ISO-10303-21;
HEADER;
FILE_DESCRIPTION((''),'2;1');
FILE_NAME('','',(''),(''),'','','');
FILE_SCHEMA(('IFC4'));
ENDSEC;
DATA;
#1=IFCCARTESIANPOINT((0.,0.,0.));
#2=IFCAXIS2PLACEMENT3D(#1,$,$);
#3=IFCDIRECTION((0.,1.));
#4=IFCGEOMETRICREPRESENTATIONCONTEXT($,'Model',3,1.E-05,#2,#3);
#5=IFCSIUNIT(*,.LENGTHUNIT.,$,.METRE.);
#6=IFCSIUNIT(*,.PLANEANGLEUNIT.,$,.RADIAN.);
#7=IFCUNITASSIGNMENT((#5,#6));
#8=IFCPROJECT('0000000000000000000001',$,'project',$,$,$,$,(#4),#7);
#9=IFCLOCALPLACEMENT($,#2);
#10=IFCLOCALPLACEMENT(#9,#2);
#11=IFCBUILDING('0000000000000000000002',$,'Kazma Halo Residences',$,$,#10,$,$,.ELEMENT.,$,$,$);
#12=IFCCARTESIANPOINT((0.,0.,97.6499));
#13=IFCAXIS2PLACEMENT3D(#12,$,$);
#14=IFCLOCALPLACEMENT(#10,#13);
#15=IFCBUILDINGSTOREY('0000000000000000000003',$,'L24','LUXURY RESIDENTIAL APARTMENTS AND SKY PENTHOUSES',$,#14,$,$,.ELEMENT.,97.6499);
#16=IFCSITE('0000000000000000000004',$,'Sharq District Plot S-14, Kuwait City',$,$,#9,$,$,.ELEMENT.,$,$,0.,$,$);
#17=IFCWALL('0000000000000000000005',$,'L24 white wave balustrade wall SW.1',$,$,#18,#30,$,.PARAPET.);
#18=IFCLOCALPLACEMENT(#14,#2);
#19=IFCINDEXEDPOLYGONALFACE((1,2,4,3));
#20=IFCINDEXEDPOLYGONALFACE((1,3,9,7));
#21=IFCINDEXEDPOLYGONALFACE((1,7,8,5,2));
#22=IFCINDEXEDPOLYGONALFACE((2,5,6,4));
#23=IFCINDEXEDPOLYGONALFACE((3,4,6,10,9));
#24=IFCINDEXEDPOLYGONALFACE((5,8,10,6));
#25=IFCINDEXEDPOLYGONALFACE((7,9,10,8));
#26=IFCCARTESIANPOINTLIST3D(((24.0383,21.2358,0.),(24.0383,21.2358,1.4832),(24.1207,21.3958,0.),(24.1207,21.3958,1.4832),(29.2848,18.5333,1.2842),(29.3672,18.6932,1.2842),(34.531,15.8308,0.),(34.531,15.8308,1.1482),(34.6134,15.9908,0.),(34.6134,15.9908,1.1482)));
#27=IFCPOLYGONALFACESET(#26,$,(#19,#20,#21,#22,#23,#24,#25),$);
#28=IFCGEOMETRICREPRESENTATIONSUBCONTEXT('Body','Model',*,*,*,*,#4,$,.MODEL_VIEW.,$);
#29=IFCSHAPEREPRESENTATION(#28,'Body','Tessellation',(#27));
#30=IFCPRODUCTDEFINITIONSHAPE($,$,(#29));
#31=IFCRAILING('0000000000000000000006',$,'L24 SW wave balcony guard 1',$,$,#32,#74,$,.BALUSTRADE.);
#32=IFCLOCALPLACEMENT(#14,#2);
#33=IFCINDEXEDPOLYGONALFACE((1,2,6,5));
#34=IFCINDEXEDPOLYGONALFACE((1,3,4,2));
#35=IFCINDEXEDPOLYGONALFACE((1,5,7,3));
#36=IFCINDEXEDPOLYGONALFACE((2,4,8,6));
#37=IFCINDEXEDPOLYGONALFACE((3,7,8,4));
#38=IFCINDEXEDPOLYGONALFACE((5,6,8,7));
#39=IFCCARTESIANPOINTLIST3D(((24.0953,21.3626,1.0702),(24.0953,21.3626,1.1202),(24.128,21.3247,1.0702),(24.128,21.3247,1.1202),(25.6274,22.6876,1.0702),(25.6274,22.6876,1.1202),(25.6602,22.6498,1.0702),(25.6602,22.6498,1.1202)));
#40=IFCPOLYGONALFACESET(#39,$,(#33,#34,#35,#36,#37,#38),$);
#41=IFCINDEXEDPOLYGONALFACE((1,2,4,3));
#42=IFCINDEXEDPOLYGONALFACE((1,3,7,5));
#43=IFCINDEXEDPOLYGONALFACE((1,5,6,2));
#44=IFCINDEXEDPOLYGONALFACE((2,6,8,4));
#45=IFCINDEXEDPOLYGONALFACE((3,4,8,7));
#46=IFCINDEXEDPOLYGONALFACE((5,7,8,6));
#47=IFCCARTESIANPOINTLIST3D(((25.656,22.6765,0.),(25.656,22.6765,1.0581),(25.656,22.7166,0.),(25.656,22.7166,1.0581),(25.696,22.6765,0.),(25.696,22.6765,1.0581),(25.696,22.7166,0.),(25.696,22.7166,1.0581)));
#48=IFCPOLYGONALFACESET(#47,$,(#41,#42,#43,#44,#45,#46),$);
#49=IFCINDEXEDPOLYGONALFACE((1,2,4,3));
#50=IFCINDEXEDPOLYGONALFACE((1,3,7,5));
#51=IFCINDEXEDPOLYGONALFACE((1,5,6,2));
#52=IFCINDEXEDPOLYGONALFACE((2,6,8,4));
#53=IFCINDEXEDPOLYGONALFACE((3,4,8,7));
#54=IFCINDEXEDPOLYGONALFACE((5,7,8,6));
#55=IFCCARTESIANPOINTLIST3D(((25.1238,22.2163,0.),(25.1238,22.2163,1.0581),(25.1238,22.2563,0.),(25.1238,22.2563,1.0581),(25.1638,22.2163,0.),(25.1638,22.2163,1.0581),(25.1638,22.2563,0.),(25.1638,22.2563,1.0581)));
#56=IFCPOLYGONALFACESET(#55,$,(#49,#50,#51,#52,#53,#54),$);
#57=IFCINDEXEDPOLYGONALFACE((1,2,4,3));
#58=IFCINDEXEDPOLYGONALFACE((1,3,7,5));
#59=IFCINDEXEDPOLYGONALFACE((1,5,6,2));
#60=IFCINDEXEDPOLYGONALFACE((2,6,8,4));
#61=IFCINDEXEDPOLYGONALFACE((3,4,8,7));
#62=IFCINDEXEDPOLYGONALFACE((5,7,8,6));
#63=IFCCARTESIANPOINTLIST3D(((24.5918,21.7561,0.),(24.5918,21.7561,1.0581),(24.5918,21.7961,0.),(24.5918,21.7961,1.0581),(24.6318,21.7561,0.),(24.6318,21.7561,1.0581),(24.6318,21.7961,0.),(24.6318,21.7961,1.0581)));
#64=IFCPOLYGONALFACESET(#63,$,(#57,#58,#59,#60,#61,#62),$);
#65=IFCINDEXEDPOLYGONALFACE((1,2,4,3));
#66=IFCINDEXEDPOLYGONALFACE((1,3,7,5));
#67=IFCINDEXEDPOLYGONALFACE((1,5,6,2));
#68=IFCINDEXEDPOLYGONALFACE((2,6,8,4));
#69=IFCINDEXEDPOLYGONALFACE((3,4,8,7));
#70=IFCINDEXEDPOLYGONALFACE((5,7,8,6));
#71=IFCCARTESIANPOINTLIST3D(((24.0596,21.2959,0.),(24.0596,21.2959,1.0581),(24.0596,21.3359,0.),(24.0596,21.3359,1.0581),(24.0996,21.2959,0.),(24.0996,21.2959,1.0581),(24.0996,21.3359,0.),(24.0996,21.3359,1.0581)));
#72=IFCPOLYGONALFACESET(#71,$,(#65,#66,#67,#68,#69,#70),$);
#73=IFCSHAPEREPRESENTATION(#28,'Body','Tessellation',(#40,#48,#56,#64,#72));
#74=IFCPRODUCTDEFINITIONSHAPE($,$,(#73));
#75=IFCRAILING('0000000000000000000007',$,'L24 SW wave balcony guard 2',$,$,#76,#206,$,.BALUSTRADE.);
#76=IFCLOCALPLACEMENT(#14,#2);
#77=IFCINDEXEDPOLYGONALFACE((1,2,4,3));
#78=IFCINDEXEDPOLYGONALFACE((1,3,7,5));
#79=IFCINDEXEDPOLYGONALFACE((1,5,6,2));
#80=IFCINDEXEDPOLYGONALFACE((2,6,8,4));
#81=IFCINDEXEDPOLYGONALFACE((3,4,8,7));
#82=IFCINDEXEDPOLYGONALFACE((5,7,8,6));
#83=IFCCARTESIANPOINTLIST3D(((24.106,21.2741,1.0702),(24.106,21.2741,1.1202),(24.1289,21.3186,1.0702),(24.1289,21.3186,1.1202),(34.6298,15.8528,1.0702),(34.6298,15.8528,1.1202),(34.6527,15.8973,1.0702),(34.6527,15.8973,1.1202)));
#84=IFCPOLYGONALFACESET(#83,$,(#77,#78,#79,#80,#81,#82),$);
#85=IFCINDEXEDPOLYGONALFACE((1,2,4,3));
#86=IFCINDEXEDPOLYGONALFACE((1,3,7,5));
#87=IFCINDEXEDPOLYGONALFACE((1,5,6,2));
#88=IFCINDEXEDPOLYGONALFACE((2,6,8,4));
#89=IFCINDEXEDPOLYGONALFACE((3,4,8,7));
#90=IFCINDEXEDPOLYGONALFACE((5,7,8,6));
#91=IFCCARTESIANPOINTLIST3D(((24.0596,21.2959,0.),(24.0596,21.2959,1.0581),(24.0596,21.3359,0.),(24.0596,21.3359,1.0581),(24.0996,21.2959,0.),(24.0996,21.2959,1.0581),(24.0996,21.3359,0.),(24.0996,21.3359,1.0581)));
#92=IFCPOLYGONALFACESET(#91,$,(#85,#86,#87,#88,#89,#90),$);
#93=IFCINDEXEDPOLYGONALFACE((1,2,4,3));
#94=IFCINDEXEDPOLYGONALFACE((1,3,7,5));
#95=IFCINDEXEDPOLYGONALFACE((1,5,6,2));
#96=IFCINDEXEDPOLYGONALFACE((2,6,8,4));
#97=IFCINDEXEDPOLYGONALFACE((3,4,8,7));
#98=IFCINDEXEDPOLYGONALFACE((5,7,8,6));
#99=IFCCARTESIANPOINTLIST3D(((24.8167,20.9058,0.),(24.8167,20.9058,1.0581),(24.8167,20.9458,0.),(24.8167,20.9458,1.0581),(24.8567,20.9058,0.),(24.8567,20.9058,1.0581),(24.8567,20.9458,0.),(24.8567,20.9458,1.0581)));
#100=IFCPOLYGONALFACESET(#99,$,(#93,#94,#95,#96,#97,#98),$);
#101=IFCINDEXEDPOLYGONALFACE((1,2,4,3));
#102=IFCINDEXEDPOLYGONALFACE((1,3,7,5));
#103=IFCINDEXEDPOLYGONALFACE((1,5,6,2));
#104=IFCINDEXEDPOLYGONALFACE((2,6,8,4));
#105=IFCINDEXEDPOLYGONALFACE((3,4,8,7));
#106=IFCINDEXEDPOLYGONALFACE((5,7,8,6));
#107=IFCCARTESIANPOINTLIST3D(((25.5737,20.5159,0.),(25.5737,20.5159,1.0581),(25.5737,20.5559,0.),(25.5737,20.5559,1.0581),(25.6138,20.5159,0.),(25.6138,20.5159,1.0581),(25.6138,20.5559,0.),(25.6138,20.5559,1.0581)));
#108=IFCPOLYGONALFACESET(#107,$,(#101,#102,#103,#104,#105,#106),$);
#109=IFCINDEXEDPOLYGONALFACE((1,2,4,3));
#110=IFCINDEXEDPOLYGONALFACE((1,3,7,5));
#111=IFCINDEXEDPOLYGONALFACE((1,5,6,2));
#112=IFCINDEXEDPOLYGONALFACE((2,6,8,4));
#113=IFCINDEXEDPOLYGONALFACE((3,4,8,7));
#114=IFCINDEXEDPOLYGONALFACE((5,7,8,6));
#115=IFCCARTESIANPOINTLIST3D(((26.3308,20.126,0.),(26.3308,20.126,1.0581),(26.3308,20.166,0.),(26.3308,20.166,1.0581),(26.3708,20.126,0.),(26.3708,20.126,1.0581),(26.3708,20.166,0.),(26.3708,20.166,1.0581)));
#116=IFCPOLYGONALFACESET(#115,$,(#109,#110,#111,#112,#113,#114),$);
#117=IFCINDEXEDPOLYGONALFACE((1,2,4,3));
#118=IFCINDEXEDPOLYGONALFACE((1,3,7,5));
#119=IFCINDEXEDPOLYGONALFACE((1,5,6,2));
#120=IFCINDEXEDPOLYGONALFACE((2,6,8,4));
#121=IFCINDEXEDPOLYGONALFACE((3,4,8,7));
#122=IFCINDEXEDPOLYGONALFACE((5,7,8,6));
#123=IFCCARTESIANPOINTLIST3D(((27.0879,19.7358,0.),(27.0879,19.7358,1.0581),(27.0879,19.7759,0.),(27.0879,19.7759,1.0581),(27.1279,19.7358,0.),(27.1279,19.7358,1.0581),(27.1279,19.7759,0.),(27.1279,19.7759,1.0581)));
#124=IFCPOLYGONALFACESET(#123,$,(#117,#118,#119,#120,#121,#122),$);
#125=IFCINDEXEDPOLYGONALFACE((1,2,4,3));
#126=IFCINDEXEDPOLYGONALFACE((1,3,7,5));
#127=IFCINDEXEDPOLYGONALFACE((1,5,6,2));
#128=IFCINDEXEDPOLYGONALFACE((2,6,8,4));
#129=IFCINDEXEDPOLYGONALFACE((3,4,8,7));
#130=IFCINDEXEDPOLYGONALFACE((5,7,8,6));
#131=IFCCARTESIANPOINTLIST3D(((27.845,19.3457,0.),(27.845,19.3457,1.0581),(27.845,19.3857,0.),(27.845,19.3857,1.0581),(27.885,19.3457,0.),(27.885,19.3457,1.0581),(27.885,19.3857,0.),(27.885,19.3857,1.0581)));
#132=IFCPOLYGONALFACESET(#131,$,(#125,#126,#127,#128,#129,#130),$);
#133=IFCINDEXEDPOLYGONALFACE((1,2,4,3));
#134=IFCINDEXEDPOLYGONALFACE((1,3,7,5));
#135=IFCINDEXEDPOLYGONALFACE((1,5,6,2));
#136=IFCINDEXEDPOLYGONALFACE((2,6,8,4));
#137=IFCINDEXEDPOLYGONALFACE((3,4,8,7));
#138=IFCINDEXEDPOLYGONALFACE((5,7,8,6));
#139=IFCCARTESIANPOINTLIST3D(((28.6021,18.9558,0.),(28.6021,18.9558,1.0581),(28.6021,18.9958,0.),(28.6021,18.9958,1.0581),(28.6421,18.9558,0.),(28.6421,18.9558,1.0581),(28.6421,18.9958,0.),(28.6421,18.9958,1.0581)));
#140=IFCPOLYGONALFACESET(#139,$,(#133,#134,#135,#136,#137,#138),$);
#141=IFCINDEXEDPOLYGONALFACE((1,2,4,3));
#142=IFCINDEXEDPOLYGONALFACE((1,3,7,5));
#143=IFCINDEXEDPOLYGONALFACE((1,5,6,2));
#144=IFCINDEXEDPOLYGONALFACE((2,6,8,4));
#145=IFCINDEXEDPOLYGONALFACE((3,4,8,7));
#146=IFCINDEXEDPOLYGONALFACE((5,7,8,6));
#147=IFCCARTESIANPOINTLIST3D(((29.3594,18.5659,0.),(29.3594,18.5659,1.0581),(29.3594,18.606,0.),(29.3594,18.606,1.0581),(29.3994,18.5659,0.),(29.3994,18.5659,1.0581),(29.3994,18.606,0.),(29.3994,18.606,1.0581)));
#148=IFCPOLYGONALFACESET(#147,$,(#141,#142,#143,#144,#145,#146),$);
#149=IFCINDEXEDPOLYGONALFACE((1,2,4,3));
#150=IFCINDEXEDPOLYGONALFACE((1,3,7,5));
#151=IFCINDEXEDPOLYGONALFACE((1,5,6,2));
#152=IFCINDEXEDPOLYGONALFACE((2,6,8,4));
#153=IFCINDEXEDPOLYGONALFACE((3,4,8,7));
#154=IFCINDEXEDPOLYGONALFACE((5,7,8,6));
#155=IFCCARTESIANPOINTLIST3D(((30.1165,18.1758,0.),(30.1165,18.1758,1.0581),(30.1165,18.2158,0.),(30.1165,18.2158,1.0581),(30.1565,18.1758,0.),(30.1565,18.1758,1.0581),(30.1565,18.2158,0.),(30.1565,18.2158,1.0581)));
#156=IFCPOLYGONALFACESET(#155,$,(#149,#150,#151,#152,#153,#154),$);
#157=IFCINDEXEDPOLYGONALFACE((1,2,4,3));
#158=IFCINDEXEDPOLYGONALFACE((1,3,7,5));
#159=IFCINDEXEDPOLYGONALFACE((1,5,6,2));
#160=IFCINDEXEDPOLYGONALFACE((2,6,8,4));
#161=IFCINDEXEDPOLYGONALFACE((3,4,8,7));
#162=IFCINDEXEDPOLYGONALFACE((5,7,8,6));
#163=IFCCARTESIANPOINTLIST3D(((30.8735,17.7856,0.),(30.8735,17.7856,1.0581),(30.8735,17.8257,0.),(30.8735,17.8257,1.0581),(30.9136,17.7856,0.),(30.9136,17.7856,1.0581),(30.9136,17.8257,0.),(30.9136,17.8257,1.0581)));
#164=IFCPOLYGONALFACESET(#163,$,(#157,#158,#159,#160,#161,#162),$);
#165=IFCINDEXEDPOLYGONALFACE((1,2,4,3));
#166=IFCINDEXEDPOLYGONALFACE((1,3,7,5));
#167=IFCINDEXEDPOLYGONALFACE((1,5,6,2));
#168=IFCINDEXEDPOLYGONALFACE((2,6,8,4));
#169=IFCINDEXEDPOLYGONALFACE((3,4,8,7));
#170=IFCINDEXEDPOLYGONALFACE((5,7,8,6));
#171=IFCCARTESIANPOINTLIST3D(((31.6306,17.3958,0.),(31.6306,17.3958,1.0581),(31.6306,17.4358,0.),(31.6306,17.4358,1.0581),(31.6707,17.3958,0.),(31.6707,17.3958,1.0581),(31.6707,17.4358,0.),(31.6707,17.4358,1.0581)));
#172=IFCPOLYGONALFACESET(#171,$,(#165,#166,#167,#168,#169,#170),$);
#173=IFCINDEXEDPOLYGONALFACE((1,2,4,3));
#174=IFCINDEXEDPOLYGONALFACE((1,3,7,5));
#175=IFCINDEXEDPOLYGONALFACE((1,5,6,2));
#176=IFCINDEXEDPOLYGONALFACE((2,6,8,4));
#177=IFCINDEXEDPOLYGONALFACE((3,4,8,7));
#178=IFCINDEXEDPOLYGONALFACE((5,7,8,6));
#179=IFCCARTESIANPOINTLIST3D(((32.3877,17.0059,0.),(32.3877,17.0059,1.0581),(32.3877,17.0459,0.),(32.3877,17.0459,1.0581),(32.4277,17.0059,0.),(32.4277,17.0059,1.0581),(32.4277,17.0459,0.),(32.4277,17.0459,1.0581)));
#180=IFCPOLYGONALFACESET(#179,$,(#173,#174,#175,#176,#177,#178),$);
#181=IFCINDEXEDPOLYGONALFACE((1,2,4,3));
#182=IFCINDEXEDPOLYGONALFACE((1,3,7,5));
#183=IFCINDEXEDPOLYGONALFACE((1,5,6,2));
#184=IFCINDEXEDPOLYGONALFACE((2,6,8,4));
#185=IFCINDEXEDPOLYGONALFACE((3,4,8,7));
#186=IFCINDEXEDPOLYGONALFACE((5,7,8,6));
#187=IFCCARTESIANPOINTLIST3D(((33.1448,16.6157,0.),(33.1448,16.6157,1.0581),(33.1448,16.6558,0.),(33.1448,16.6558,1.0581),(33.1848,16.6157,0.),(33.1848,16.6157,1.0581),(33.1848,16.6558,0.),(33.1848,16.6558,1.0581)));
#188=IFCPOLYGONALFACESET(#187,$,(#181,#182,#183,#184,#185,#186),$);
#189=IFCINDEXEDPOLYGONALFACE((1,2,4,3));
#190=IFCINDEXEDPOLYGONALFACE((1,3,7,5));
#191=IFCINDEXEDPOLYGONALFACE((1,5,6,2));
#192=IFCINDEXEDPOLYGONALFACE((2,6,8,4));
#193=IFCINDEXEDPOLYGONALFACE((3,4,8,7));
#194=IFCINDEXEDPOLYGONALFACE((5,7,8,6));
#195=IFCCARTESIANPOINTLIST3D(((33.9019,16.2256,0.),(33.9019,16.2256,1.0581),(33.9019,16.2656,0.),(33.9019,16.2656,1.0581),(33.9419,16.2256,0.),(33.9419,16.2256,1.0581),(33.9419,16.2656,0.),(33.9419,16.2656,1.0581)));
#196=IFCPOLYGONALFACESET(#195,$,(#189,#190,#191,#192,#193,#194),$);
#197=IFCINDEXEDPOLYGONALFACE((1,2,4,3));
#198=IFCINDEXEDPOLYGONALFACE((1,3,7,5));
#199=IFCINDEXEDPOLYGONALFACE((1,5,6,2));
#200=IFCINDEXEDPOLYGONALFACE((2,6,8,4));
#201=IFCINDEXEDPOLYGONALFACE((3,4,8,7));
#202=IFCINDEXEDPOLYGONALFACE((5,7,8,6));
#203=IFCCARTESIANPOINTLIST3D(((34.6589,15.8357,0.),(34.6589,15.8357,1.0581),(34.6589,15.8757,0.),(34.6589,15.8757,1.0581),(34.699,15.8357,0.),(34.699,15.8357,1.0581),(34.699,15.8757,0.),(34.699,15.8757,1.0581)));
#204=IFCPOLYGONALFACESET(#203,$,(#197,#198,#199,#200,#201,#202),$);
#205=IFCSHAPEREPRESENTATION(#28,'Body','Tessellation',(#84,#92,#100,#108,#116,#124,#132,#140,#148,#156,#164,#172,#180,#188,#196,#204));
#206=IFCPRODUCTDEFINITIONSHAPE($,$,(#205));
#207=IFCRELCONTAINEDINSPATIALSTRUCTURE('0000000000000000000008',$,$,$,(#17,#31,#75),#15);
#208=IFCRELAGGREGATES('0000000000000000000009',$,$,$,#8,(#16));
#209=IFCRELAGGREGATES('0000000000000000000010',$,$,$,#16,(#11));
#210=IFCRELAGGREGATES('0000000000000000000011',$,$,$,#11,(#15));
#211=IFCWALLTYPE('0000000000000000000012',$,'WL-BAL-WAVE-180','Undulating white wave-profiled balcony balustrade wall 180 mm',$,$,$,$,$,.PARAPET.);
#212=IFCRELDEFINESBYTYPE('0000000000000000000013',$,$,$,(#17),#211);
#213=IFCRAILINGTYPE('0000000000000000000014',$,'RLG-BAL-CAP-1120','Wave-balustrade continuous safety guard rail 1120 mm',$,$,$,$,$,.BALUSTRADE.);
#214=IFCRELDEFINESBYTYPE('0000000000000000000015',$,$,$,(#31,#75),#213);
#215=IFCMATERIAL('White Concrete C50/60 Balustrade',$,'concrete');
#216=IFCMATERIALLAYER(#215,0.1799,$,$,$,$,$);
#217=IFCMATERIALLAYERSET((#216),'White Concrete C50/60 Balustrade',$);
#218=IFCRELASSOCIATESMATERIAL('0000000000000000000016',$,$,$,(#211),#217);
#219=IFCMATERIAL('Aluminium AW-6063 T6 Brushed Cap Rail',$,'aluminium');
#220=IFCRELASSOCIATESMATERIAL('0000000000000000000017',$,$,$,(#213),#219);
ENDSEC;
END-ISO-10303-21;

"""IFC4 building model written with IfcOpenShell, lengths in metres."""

from ifc_helpers import new_model, si_unit, direction, frame, origin, origin_2d, place, context, subcontext, project, spatial, polyline, rectangle, outline, extrude, material, layer, layer_set, type_object, element, save


model = new_model("IFC4")

# Units and contexts
model_context = context("Model", 3, precision=1e-05, world=origin(), true_north=direction((0.0, 1.0)))
body_context = subcontext(model_context, "Body", "Model", "MODEL_VIEW")
ifc_project = project(units=[si_unit("LENGTHUNIT", "METRE"), si_unit("PLANEANGLEUNIT", "RADIAN")], contexts=[model_context])

# Site, building, storey
site_placement = place(None, origin())
site = spatial("IfcSite", under=ifc_project, at=site_placement, Name="Sharq District Plot S-14, Kuwait City", CompositionType="ELEMENT", RefElevation=0.0)
building_placement = place(site_placement, origin())
building = spatial("IfcBuilding", under=site, at=building_placement, Name="Kazma Halo Residences", CompositionType="ELEMENT")
storey_placement = place(building_placement, frame((0.0, 0.0, 97.6499)))
storey = spatial("IfcBuildingStorey", under=building, at=storey_placement, Name="L24", Description="LUXURY RESIDENTIAL APARTMENTS AND SKY PENTHOUSES", CompositionType="ELEMENT", Elevation=97.6499)

# Wall
ifc_material_1 = material(Name="White Concrete C50/60 Balustrade", Category="concrete")
ifc_layer_1 = layer(ifc_material_1, 0.1799)
ifc_layer_set_1 = layer_set([ifc_layer_1], Name="White Concrete C50/60 Balustrade")
wall_type_1 = type_object("IfcWallType", Name="WL-BAL-WAVE-180", Description="Undulating white wave-profiled balcony balustrade wall 180 mm", PredefinedType="PARAPET", material=ifc_layer_set_1)
wall_1_placement = place(storey_placement, frame((24.0796, 21.3159, 0.0), z_axis=(0.0, 0.0, 1.0), x_axis=(0.888985, -0.457937, 0.0)))
element("IfcWall", 1, at=wall_1_placement, inside=storey, type_object=wall_type_1, Name="L24 white wave balustrade wall SW.1", PredefinedType="PARAPET", context=body_context, shape_type="SweptSolid", body=[
    extrude(outline(polyline([(0.0, 0.0), (11.803, 0.0), (11.803, 1.1482), (5.9016, 1.2842), (0.0, 1.4832), (0.0, 0.0)])), frame((0.0, 0.0898, 0.0), z_axis=(0.0, -1.0, 0.0), x_axis=(1.0, 0.0, 0.0)), (0.0, 0.0, 1.0), 0.1799),
])

# Railings
ifc_material_2 = material(Name="Aluminium AW-6063 T6 Brushed Cap Rail", Category="aluminium")
railing_type = type_object("IfcRailingType", Name="RLG-BAL-CAP-1120", Description="Wave-balustrade continuous safety guard rail 1120 mm", PredefinedType="BALUSTRADE", material=ifc_material_2)
railing_1_placement = place(storey_placement, frame((25.676, 22.6965, 0.0)))
element("IfcRailing", 2, at=railing_1_placement, inside=storey, type_object=railing_type, Name="L24 SW wave balcony guard 1", PredefinedType="BALUSTRADE", context=body_context, shape_type="SweptSolid", body=[
    extrude(rectangle(XDim=0.05, YDim=0.05, at=origin_2d()), frame((-0.0322, -0.0278, 1.0952), z_axis=(-0.756383, -0.654129, 0.0), x_axis=(0.654129, -0.756383, 0.0)), (0.0, 0.0, 1.0), 2.0256),
    extrude(rectangle(XDim=0.04, YDim=0.04, at=origin_2d()), origin(), (0.0, 0.0, 1.0), 1.0581),
    extrude(rectangle(XDim=0.04, YDim=0.04, at=origin_2d()), frame((-0.5322, -0.4602, 0.0)), (0.0, 0.0, 1.0), 1.0581),
    extrude(rectangle(XDim=0.04, YDim=0.04, at=origin_2d()), frame((-1.0642, -0.9204, 0.0)), (0.0, 0.0, 1.0), 1.0581),
    extrude(rectangle(XDim=0.04, YDim=0.04, at=origin_2d()), frame((-1.5964, -1.3806, 0.0)), (0.0, 0.0, 1.0), 1.0581),
])
railing_2_placement = place(storey_placement, frame((24.0796, 21.3159, 0.0)))
element("IfcRailing", 3, at=railing_2_placement, inside=storey, type_object=railing_type, Name="L24 SW wave balcony guard 2", PredefinedType="BALUSTRADE", context=body_context, shape_type="SweptSolid", body=[
    extrude(rectangle(XDim=0.05, YDim=0.05, at=origin_2d()), frame((0.0378, -0.0195, 1.0952), z_axis=(0.888977, -0.457952, 0.0), x_axis=(0.457952, 0.888977, 0.0)), (0.0, 0.0, 1.0), 11.8381),
    extrude(rectangle(XDim=0.04, YDim=0.04, at=origin_2d()), origin(), (0.0, 0.0, 1.0), 1.0581),
    extrude(rectangle(XDim=0.04, YDim=0.04, at=origin_2d()), frame((0.7571, -0.3901, 0.0)), (0.0, 0.0, 1.0), 1.0581),
    extrude(rectangle(XDim=0.04, YDim=0.04, at=origin_2d()), frame((1.5142, -0.78, 0.0)), (0.0, 0.0, 1.0), 1.0581),
    extrude(rectangle(XDim=0.04, YDim=0.04, at=origin_2d()), frame((2.2712, -1.1699, 0.0)), (0.0, 0.0, 1.0), 1.0581),
    extrude(rectangle(XDim=0.04, YDim=0.04, at=origin_2d()), frame((3.0283, -1.5601, 0.0)), (0.0, 0.0, 1.0), 1.0581),
    extrude(rectangle(XDim=0.04, YDim=0.04, at=origin_2d()), frame((3.7854, -1.9502, 0.0)), (0.0, 0.0, 1.0), 1.0581),
    extrude(rectangle(XDim=0.04, YDim=0.04, at=origin_2d()), frame((4.5425, -2.3401, 0.0)), (0.0, 0.0, 1.0), 1.0581),
    extrude(rectangle(XDim=0.04, YDim=0.04, at=origin_2d()), frame((5.2998, -2.73, 0.0)), (0.0, 0.0, 1.0), 1.0581),
    extrude(rectangle(XDim=0.04, YDim=0.04, at=origin_2d()), frame((6.0569, -3.1201, 0.0)), (0.0, 0.0, 1.0), 1.0581),
    extrude(rectangle(XDim=0.04, YDim=0.04, at=origin_2d()), frame((6.814, -3.5103, 0.0)), (0.0, 0.0, 1.0), 1.0581),
    extrude(rectangle(XDim=0.04, YDim=0.04, at=origin_2d()), frame((7.571, -3.9001, 0.0)), (0.0, 0.0, 1.0), 1.0581),
    extrude(rectangle(XDim=0.04, YDim=0.04, at=origin_2d()), frame((8.3281, -4.29, 0.0)), (0.0, 0.0, 1.0), 1.0581),
    extrude(rectangle(XDim=0.04, YDim=0.04, at=origin_2d()), frame((9.0852, -4.6802, 0.0)), (0.0, 0.0, 1.0), 1.0581),
    extrude(rectangle(XDim=0.04, YDim=0.04, at=origin_2d()), frame((9.8423, -5.0703, 0.0)), (0.0, 0.0, 1.0), 1.0581),
    extrude(rectangle(XDim=0.04, YDim=0.04, at=origin_2d()), frame((10.5994, -5.4602, 0.0)), (0.0, 0.0, 1.0), 1.0581),
])

save(model, "model.ifc")
